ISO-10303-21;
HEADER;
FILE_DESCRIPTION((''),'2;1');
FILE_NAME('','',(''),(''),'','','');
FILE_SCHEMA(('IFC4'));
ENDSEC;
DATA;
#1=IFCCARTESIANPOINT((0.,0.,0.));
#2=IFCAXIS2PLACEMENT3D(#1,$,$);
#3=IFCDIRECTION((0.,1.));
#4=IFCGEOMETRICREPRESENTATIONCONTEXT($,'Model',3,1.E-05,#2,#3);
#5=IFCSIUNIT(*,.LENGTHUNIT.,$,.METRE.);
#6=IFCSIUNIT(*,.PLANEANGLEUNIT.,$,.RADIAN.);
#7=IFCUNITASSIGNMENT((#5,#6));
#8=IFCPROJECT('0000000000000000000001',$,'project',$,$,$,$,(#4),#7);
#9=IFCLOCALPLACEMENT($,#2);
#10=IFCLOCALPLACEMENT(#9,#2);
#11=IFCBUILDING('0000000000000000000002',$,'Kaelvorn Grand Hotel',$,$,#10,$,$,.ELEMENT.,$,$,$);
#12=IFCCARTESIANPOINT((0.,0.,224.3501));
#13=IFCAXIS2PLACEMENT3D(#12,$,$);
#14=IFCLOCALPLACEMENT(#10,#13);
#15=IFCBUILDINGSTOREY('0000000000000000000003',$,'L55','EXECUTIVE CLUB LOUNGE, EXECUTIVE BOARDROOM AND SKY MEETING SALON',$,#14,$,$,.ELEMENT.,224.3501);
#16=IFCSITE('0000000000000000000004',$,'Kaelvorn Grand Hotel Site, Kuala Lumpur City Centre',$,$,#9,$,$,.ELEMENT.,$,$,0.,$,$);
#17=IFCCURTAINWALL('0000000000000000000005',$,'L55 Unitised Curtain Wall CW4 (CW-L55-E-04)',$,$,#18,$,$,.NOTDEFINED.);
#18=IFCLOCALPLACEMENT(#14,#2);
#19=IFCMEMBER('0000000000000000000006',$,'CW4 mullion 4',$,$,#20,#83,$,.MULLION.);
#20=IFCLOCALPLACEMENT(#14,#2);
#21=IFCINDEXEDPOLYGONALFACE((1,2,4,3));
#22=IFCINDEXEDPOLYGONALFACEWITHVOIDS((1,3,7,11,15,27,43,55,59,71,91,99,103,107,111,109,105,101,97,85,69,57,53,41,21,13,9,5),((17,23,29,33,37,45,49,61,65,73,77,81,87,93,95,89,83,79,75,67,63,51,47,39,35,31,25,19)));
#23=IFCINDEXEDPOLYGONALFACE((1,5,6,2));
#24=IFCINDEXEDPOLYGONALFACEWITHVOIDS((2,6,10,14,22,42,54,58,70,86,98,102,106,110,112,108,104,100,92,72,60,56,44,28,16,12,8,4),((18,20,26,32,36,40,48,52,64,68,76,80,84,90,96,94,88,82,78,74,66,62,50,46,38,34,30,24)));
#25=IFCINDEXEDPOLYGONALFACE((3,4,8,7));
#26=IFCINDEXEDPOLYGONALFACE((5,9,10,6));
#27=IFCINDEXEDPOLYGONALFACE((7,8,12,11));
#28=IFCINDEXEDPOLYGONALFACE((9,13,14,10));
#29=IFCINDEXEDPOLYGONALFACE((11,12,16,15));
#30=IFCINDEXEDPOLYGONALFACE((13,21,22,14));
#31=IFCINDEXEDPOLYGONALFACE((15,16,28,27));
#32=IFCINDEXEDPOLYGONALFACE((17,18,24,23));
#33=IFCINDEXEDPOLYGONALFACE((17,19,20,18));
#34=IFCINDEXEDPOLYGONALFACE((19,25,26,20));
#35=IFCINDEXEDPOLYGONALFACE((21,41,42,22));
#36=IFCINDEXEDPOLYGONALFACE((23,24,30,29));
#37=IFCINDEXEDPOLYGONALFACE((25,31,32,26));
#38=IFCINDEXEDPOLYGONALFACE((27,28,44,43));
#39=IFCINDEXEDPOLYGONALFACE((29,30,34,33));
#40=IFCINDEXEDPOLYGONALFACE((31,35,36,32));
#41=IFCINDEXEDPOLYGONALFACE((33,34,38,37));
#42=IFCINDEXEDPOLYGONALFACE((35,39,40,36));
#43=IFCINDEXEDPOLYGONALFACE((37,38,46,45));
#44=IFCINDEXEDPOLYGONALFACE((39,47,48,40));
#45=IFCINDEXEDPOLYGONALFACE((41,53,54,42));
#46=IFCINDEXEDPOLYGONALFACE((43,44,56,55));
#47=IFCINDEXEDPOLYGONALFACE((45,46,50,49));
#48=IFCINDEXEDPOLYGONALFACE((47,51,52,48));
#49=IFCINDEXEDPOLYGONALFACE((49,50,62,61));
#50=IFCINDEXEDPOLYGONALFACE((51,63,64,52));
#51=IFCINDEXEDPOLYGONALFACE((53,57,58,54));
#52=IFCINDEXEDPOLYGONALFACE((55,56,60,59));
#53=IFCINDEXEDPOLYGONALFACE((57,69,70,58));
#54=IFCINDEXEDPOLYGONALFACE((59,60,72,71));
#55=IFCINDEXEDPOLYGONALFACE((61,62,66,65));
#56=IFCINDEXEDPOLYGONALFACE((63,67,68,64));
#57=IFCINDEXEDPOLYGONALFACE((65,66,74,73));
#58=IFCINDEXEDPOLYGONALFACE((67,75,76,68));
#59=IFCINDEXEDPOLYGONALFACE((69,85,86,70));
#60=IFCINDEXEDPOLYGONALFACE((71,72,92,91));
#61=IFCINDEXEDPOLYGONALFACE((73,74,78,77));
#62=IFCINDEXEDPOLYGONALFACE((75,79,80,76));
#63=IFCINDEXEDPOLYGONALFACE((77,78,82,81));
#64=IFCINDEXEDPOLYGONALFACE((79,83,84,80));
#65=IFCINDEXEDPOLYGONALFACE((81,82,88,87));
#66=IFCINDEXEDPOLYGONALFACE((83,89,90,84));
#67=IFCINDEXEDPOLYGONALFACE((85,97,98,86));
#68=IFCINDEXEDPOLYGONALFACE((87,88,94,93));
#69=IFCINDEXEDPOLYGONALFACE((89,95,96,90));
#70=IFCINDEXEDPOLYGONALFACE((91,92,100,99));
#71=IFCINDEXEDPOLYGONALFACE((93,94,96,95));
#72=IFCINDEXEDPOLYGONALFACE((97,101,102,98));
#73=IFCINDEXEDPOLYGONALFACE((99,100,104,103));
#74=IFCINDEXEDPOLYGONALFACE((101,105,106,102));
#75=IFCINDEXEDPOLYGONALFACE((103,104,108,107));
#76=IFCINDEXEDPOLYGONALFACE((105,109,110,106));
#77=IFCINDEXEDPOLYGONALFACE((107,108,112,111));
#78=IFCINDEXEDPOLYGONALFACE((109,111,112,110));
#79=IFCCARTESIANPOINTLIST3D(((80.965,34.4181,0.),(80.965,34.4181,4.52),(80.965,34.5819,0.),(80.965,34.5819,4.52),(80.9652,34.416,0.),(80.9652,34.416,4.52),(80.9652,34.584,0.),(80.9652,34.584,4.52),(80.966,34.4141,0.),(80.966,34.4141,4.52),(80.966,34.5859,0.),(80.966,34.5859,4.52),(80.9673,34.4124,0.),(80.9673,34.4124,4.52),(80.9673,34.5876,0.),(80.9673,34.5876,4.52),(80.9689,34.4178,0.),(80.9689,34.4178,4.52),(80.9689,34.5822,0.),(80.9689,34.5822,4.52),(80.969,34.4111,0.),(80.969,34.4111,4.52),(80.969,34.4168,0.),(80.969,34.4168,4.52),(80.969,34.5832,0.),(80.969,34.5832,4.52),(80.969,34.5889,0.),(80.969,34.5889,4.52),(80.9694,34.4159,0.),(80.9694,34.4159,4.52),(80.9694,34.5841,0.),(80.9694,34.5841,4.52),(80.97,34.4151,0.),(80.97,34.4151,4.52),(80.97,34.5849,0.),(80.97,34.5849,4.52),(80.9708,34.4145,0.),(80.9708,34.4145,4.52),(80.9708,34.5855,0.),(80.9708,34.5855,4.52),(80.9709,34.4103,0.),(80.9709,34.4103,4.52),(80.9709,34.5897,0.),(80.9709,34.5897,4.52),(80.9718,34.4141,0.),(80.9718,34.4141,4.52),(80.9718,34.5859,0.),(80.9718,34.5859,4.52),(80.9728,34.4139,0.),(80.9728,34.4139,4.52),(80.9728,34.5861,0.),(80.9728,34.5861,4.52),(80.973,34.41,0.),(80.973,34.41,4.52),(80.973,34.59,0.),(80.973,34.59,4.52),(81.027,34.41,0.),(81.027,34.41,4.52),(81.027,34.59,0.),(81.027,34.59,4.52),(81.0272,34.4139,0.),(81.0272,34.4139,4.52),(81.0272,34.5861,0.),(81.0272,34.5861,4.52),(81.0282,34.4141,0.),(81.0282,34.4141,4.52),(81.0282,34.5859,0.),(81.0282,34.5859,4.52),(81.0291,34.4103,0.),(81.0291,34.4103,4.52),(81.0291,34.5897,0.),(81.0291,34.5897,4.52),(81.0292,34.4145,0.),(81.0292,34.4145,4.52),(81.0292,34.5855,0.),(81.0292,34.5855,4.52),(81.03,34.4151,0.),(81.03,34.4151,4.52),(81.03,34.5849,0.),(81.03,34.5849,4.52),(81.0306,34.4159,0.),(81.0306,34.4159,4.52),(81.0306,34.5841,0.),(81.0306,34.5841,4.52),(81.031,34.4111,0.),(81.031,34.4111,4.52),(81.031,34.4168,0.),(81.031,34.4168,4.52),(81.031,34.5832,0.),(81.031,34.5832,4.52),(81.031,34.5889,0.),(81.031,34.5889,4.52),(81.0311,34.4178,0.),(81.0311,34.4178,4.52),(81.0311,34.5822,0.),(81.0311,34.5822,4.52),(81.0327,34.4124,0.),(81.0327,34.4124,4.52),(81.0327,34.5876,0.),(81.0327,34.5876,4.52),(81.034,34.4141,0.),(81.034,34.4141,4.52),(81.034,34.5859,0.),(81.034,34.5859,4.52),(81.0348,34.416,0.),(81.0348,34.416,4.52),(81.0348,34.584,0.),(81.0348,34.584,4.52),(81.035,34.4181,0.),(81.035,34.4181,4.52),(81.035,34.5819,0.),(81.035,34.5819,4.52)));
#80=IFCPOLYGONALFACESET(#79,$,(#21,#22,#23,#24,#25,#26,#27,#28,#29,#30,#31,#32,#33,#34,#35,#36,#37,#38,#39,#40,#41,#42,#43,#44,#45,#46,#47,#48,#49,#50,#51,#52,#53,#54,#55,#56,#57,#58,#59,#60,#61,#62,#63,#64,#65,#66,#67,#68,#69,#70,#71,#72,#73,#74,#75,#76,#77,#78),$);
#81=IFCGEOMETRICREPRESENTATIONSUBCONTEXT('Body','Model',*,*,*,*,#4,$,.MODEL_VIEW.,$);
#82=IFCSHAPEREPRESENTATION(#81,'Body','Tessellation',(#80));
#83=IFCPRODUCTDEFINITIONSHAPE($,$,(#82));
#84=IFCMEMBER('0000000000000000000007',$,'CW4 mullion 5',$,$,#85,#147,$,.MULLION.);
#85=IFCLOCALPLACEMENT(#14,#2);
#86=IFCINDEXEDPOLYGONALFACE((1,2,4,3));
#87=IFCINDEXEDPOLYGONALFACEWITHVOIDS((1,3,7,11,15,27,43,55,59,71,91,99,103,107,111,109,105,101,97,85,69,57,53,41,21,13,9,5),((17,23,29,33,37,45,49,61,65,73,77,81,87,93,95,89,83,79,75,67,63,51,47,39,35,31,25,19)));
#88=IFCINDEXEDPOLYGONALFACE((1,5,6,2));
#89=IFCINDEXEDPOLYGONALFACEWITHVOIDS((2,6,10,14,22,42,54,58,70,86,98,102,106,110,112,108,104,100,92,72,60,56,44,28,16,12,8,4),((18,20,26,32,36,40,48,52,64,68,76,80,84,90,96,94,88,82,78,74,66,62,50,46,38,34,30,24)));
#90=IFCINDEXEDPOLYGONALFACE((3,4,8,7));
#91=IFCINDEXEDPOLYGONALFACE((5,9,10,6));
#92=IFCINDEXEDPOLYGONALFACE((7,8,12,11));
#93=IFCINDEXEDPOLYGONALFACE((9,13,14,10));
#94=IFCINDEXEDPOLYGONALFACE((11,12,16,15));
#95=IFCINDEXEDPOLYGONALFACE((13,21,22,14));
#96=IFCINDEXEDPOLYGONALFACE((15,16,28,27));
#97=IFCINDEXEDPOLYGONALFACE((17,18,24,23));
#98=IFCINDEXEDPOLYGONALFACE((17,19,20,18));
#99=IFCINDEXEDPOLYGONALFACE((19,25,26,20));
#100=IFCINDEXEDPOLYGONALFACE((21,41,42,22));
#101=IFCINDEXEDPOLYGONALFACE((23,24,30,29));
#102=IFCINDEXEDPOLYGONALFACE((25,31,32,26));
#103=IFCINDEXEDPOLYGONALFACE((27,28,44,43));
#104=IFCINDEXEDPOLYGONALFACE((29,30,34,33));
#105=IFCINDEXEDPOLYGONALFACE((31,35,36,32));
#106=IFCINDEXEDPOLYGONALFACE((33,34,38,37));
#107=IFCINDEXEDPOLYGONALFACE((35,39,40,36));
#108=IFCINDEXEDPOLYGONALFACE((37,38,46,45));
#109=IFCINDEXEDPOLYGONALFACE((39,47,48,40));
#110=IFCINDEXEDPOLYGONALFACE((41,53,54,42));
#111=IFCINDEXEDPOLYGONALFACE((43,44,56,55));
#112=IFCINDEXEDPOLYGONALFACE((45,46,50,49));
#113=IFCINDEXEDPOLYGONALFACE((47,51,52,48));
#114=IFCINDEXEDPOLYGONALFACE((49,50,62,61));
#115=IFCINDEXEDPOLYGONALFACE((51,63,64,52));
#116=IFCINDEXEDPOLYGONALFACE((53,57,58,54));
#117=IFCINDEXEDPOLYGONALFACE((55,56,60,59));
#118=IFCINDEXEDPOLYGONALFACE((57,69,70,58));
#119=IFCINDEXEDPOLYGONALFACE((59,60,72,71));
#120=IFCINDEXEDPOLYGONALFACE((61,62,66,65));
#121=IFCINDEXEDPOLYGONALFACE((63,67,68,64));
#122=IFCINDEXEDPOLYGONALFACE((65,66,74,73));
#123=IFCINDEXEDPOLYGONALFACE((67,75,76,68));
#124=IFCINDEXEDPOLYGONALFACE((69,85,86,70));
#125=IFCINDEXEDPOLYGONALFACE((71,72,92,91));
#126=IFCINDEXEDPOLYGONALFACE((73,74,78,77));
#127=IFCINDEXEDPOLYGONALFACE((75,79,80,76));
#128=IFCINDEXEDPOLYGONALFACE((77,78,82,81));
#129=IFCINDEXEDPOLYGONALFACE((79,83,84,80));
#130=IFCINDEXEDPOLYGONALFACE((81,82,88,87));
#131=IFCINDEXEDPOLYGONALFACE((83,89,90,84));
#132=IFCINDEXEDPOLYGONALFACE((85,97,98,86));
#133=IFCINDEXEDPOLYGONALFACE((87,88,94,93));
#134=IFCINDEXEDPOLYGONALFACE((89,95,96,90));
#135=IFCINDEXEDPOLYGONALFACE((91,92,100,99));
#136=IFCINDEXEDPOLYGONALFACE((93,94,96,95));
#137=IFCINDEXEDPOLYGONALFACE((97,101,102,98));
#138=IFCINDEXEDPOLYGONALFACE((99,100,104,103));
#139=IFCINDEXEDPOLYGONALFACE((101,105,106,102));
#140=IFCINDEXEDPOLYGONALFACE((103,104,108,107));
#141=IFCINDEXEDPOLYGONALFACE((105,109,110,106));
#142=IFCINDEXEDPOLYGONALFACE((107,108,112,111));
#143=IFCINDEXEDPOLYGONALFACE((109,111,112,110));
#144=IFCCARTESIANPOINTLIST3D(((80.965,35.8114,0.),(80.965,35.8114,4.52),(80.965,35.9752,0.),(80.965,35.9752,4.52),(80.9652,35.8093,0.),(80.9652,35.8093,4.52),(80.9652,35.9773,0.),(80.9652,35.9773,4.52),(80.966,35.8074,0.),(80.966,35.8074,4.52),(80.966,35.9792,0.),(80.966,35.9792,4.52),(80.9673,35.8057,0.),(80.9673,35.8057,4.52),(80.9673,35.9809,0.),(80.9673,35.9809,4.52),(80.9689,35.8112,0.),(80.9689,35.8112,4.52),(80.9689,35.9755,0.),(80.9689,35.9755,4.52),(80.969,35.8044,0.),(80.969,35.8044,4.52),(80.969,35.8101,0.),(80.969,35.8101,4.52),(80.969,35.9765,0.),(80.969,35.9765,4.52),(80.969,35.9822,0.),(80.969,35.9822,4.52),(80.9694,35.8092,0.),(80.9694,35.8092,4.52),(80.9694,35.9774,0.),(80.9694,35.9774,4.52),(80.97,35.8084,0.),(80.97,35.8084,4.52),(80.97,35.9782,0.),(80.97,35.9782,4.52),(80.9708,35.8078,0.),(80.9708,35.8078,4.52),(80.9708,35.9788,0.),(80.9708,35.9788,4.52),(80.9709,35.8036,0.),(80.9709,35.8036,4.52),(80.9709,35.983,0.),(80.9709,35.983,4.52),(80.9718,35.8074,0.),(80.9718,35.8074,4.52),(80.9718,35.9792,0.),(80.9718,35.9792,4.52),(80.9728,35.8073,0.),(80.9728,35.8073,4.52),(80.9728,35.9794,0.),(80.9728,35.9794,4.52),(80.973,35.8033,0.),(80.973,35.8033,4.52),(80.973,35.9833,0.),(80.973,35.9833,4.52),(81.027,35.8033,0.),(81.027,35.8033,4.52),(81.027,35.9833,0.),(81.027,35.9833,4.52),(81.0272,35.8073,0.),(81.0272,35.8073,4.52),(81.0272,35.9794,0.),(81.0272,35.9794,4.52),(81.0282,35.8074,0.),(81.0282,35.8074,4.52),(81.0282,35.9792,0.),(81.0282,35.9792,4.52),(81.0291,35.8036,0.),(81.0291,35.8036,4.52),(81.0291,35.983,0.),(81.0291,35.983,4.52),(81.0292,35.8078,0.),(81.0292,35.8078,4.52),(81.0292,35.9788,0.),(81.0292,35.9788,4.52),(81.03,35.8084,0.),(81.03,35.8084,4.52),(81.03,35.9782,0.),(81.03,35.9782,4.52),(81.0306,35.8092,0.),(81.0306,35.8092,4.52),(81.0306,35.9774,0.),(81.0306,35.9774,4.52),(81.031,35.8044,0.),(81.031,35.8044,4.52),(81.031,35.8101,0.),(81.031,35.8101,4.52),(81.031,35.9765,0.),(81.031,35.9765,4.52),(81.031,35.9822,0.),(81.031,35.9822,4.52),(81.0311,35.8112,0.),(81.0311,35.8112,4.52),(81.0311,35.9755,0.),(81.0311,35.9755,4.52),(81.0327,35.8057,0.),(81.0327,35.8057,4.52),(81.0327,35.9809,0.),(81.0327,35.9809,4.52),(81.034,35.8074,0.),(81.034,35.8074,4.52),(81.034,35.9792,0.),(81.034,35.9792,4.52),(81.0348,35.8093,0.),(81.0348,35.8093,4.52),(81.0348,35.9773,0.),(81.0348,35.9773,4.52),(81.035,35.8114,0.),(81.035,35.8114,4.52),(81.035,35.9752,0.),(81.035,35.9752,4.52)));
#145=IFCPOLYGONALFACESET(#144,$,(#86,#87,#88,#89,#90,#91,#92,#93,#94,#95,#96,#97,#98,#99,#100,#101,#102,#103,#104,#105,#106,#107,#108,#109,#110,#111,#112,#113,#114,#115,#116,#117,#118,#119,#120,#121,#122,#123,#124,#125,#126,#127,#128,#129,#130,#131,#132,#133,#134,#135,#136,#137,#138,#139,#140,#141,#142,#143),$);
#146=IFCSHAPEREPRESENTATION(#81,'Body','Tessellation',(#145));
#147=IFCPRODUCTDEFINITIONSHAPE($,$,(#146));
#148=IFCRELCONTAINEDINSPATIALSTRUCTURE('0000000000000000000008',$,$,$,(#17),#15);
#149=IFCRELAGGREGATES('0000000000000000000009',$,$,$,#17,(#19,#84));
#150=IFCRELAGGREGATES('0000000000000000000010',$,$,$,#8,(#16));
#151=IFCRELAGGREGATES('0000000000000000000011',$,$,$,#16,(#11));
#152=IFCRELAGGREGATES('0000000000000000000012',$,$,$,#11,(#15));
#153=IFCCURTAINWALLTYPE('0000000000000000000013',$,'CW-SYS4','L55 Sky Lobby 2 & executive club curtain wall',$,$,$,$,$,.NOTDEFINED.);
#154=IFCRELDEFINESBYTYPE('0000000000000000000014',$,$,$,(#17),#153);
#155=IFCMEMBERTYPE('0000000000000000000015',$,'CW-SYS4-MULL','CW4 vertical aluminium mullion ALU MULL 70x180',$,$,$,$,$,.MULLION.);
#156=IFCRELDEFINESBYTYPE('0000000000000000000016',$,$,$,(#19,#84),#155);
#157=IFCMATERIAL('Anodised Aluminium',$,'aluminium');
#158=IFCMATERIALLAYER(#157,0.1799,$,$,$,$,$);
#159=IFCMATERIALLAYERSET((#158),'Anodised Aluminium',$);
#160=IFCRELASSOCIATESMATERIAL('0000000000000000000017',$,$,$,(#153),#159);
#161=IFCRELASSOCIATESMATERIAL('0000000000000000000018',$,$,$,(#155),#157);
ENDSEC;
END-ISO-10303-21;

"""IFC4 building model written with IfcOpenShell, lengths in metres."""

from ifc_helpers import new_model, si_unit, direction, frame, origin, origin_2d, place, context, subcontext, project, spatial, hollow_rectangle, extrude, material, layer, layer_set, material_profile, profile_set, type_object, element, aggregate, save


model = new_model("IFC4")

# Units and contexts
model_context = context("Model", 3, precision=1e-05, world=origin(), true_north=direction((0.0, 1.0)))
body_context = subcontext(model_context, "Body", "Model", "MODEL_VIEW")
ifc_project = project(units=[si_unit("LENGTHUNIT", "METRE"), si_unit("PLANEANGLEUNIT", "RADIAN")], contexts=[model_context])

# Site, building, storey
site_placement = place(None, origin())
site = spatial("IfcSite", under=ifc_project, at=site_placement, Name="Kaelvorn Grand Hotel Site, Kuala Lumpur City Centre", CompositionType="ELEMENT", RefElevation=0.0)
building_placement = place(site_placement, origin())
building = spatial("IfcBuilding", under=site, at=building_placement, Name="Kaelvorn Grand Hotel", CompositionType="ELEMENT")
storey_placement = place(building_placement, frame((0.0, 0.0, 224.3501)))
storey = spatial("IfcBuildingStorey", under=building, at=storey_placement, Name="L55", Description="EXECUTIVE CLUB LOUNGE, EXECUTIVE BOARDROOM AND SKY MEETING SALON", CompositionType="ELEMENT", Elevation=224.3501)

# Curtain wall, members
ifc_material_1 = material(Name="Anodised Aluminium", Category="aluminium")
ifc_layer_1 = layer(ifc_material_1, 0.1799)
ifc_layer_set_1 = layer_set([ifc_layer_1], Name="Anodised Aluminium")
curtain_wall_type = type_object("IfcCurtainWallType", Name="CW-SYS4", Description="L55 Sky Lobby 2 & executive club curtain wall", PredefinedType="NOTDEFINED", material=ifc_layer_set_1)
curtain_wall_placement = place(storey_placement, origin())
curtain_wall = element("IfcCurtainWall", 1, at=curtain_wall_placement, inside=storey, type_object=curtain_wall_type, Name="L55 Unitised Curtain Wall CW4 (CW-L55-E-04)", PredefinedType="NOTDEFINED")
ifc_material_profile_1 = material_profile(ifc_material_1, hollow_rectangle(XDim=0.0701, YDim=0.1799, WallThickness=0.0039, InnerFilletRadius=0.0039, OuterFilletRadius=0.0081, at=origin_2d()), Name="ALU MULL 70x180")
ifc_profile_set_1 = profile_set([ifc_material_profile_1], Name="Anodised Aluminium")
member_type_1 = type_object("IfcMemberType", Name="CW-SYS4-MULL", Description="CW4 vertical aluminium mullion ALU MULL 70x180", PredefinedType="MULLION", material=ifc_profile_set_1)
member_1_placement = place(storey_placement, frame((81.0, 34.5, 0.0), z_axis=(0.0, 0.0, 1.0), x_axis=(-1.0, 0.0, 0.0)))
member_1 = element("IfcMember", 2, at=member_1_placement, type_object=member_type_1, Name="CW4 mullion 4", PredefinedType="MULLION", context=body_context, shape_type="SweptSolid", body=[
    extrude(hollow_rectangle(XDim=0.0701, YDim=0.1799, WallThickness=0.0039, InnerFilletRadius=0.0039, OuterFilletRadius=0.0081, at=origin_2d()), origin(), (0.0, 0.0, 1.0), 4.52),
])
member_2_placement = place(storey_placement, frame((81.0, 35.8933, 0.0), z_axis=(0.0, 0.0, 1.0), x_axis=(-1.0, 0.0, 0.0)))
member_2 = element("IfcMember", 3, at=member_2_placement, type_object=member_type_1, Name="CW4 mullion 5", PredefinedType="MULLION", context=body_context, shape_type="SweptSolid", body=[
    extrude(hollow_rectangle(XDim=0.0701, YDim=0.1799, WallThickness=0.0039, InnerFilletRadius=0.0039, OuterFilletRadius=0.0081, at=origin_2d()), origin(), (0.0, 0.0, 1.0), 4.52),
])
aggregate(curtain_wall, [member_1, member_2])

save(model, "model.ifc")
